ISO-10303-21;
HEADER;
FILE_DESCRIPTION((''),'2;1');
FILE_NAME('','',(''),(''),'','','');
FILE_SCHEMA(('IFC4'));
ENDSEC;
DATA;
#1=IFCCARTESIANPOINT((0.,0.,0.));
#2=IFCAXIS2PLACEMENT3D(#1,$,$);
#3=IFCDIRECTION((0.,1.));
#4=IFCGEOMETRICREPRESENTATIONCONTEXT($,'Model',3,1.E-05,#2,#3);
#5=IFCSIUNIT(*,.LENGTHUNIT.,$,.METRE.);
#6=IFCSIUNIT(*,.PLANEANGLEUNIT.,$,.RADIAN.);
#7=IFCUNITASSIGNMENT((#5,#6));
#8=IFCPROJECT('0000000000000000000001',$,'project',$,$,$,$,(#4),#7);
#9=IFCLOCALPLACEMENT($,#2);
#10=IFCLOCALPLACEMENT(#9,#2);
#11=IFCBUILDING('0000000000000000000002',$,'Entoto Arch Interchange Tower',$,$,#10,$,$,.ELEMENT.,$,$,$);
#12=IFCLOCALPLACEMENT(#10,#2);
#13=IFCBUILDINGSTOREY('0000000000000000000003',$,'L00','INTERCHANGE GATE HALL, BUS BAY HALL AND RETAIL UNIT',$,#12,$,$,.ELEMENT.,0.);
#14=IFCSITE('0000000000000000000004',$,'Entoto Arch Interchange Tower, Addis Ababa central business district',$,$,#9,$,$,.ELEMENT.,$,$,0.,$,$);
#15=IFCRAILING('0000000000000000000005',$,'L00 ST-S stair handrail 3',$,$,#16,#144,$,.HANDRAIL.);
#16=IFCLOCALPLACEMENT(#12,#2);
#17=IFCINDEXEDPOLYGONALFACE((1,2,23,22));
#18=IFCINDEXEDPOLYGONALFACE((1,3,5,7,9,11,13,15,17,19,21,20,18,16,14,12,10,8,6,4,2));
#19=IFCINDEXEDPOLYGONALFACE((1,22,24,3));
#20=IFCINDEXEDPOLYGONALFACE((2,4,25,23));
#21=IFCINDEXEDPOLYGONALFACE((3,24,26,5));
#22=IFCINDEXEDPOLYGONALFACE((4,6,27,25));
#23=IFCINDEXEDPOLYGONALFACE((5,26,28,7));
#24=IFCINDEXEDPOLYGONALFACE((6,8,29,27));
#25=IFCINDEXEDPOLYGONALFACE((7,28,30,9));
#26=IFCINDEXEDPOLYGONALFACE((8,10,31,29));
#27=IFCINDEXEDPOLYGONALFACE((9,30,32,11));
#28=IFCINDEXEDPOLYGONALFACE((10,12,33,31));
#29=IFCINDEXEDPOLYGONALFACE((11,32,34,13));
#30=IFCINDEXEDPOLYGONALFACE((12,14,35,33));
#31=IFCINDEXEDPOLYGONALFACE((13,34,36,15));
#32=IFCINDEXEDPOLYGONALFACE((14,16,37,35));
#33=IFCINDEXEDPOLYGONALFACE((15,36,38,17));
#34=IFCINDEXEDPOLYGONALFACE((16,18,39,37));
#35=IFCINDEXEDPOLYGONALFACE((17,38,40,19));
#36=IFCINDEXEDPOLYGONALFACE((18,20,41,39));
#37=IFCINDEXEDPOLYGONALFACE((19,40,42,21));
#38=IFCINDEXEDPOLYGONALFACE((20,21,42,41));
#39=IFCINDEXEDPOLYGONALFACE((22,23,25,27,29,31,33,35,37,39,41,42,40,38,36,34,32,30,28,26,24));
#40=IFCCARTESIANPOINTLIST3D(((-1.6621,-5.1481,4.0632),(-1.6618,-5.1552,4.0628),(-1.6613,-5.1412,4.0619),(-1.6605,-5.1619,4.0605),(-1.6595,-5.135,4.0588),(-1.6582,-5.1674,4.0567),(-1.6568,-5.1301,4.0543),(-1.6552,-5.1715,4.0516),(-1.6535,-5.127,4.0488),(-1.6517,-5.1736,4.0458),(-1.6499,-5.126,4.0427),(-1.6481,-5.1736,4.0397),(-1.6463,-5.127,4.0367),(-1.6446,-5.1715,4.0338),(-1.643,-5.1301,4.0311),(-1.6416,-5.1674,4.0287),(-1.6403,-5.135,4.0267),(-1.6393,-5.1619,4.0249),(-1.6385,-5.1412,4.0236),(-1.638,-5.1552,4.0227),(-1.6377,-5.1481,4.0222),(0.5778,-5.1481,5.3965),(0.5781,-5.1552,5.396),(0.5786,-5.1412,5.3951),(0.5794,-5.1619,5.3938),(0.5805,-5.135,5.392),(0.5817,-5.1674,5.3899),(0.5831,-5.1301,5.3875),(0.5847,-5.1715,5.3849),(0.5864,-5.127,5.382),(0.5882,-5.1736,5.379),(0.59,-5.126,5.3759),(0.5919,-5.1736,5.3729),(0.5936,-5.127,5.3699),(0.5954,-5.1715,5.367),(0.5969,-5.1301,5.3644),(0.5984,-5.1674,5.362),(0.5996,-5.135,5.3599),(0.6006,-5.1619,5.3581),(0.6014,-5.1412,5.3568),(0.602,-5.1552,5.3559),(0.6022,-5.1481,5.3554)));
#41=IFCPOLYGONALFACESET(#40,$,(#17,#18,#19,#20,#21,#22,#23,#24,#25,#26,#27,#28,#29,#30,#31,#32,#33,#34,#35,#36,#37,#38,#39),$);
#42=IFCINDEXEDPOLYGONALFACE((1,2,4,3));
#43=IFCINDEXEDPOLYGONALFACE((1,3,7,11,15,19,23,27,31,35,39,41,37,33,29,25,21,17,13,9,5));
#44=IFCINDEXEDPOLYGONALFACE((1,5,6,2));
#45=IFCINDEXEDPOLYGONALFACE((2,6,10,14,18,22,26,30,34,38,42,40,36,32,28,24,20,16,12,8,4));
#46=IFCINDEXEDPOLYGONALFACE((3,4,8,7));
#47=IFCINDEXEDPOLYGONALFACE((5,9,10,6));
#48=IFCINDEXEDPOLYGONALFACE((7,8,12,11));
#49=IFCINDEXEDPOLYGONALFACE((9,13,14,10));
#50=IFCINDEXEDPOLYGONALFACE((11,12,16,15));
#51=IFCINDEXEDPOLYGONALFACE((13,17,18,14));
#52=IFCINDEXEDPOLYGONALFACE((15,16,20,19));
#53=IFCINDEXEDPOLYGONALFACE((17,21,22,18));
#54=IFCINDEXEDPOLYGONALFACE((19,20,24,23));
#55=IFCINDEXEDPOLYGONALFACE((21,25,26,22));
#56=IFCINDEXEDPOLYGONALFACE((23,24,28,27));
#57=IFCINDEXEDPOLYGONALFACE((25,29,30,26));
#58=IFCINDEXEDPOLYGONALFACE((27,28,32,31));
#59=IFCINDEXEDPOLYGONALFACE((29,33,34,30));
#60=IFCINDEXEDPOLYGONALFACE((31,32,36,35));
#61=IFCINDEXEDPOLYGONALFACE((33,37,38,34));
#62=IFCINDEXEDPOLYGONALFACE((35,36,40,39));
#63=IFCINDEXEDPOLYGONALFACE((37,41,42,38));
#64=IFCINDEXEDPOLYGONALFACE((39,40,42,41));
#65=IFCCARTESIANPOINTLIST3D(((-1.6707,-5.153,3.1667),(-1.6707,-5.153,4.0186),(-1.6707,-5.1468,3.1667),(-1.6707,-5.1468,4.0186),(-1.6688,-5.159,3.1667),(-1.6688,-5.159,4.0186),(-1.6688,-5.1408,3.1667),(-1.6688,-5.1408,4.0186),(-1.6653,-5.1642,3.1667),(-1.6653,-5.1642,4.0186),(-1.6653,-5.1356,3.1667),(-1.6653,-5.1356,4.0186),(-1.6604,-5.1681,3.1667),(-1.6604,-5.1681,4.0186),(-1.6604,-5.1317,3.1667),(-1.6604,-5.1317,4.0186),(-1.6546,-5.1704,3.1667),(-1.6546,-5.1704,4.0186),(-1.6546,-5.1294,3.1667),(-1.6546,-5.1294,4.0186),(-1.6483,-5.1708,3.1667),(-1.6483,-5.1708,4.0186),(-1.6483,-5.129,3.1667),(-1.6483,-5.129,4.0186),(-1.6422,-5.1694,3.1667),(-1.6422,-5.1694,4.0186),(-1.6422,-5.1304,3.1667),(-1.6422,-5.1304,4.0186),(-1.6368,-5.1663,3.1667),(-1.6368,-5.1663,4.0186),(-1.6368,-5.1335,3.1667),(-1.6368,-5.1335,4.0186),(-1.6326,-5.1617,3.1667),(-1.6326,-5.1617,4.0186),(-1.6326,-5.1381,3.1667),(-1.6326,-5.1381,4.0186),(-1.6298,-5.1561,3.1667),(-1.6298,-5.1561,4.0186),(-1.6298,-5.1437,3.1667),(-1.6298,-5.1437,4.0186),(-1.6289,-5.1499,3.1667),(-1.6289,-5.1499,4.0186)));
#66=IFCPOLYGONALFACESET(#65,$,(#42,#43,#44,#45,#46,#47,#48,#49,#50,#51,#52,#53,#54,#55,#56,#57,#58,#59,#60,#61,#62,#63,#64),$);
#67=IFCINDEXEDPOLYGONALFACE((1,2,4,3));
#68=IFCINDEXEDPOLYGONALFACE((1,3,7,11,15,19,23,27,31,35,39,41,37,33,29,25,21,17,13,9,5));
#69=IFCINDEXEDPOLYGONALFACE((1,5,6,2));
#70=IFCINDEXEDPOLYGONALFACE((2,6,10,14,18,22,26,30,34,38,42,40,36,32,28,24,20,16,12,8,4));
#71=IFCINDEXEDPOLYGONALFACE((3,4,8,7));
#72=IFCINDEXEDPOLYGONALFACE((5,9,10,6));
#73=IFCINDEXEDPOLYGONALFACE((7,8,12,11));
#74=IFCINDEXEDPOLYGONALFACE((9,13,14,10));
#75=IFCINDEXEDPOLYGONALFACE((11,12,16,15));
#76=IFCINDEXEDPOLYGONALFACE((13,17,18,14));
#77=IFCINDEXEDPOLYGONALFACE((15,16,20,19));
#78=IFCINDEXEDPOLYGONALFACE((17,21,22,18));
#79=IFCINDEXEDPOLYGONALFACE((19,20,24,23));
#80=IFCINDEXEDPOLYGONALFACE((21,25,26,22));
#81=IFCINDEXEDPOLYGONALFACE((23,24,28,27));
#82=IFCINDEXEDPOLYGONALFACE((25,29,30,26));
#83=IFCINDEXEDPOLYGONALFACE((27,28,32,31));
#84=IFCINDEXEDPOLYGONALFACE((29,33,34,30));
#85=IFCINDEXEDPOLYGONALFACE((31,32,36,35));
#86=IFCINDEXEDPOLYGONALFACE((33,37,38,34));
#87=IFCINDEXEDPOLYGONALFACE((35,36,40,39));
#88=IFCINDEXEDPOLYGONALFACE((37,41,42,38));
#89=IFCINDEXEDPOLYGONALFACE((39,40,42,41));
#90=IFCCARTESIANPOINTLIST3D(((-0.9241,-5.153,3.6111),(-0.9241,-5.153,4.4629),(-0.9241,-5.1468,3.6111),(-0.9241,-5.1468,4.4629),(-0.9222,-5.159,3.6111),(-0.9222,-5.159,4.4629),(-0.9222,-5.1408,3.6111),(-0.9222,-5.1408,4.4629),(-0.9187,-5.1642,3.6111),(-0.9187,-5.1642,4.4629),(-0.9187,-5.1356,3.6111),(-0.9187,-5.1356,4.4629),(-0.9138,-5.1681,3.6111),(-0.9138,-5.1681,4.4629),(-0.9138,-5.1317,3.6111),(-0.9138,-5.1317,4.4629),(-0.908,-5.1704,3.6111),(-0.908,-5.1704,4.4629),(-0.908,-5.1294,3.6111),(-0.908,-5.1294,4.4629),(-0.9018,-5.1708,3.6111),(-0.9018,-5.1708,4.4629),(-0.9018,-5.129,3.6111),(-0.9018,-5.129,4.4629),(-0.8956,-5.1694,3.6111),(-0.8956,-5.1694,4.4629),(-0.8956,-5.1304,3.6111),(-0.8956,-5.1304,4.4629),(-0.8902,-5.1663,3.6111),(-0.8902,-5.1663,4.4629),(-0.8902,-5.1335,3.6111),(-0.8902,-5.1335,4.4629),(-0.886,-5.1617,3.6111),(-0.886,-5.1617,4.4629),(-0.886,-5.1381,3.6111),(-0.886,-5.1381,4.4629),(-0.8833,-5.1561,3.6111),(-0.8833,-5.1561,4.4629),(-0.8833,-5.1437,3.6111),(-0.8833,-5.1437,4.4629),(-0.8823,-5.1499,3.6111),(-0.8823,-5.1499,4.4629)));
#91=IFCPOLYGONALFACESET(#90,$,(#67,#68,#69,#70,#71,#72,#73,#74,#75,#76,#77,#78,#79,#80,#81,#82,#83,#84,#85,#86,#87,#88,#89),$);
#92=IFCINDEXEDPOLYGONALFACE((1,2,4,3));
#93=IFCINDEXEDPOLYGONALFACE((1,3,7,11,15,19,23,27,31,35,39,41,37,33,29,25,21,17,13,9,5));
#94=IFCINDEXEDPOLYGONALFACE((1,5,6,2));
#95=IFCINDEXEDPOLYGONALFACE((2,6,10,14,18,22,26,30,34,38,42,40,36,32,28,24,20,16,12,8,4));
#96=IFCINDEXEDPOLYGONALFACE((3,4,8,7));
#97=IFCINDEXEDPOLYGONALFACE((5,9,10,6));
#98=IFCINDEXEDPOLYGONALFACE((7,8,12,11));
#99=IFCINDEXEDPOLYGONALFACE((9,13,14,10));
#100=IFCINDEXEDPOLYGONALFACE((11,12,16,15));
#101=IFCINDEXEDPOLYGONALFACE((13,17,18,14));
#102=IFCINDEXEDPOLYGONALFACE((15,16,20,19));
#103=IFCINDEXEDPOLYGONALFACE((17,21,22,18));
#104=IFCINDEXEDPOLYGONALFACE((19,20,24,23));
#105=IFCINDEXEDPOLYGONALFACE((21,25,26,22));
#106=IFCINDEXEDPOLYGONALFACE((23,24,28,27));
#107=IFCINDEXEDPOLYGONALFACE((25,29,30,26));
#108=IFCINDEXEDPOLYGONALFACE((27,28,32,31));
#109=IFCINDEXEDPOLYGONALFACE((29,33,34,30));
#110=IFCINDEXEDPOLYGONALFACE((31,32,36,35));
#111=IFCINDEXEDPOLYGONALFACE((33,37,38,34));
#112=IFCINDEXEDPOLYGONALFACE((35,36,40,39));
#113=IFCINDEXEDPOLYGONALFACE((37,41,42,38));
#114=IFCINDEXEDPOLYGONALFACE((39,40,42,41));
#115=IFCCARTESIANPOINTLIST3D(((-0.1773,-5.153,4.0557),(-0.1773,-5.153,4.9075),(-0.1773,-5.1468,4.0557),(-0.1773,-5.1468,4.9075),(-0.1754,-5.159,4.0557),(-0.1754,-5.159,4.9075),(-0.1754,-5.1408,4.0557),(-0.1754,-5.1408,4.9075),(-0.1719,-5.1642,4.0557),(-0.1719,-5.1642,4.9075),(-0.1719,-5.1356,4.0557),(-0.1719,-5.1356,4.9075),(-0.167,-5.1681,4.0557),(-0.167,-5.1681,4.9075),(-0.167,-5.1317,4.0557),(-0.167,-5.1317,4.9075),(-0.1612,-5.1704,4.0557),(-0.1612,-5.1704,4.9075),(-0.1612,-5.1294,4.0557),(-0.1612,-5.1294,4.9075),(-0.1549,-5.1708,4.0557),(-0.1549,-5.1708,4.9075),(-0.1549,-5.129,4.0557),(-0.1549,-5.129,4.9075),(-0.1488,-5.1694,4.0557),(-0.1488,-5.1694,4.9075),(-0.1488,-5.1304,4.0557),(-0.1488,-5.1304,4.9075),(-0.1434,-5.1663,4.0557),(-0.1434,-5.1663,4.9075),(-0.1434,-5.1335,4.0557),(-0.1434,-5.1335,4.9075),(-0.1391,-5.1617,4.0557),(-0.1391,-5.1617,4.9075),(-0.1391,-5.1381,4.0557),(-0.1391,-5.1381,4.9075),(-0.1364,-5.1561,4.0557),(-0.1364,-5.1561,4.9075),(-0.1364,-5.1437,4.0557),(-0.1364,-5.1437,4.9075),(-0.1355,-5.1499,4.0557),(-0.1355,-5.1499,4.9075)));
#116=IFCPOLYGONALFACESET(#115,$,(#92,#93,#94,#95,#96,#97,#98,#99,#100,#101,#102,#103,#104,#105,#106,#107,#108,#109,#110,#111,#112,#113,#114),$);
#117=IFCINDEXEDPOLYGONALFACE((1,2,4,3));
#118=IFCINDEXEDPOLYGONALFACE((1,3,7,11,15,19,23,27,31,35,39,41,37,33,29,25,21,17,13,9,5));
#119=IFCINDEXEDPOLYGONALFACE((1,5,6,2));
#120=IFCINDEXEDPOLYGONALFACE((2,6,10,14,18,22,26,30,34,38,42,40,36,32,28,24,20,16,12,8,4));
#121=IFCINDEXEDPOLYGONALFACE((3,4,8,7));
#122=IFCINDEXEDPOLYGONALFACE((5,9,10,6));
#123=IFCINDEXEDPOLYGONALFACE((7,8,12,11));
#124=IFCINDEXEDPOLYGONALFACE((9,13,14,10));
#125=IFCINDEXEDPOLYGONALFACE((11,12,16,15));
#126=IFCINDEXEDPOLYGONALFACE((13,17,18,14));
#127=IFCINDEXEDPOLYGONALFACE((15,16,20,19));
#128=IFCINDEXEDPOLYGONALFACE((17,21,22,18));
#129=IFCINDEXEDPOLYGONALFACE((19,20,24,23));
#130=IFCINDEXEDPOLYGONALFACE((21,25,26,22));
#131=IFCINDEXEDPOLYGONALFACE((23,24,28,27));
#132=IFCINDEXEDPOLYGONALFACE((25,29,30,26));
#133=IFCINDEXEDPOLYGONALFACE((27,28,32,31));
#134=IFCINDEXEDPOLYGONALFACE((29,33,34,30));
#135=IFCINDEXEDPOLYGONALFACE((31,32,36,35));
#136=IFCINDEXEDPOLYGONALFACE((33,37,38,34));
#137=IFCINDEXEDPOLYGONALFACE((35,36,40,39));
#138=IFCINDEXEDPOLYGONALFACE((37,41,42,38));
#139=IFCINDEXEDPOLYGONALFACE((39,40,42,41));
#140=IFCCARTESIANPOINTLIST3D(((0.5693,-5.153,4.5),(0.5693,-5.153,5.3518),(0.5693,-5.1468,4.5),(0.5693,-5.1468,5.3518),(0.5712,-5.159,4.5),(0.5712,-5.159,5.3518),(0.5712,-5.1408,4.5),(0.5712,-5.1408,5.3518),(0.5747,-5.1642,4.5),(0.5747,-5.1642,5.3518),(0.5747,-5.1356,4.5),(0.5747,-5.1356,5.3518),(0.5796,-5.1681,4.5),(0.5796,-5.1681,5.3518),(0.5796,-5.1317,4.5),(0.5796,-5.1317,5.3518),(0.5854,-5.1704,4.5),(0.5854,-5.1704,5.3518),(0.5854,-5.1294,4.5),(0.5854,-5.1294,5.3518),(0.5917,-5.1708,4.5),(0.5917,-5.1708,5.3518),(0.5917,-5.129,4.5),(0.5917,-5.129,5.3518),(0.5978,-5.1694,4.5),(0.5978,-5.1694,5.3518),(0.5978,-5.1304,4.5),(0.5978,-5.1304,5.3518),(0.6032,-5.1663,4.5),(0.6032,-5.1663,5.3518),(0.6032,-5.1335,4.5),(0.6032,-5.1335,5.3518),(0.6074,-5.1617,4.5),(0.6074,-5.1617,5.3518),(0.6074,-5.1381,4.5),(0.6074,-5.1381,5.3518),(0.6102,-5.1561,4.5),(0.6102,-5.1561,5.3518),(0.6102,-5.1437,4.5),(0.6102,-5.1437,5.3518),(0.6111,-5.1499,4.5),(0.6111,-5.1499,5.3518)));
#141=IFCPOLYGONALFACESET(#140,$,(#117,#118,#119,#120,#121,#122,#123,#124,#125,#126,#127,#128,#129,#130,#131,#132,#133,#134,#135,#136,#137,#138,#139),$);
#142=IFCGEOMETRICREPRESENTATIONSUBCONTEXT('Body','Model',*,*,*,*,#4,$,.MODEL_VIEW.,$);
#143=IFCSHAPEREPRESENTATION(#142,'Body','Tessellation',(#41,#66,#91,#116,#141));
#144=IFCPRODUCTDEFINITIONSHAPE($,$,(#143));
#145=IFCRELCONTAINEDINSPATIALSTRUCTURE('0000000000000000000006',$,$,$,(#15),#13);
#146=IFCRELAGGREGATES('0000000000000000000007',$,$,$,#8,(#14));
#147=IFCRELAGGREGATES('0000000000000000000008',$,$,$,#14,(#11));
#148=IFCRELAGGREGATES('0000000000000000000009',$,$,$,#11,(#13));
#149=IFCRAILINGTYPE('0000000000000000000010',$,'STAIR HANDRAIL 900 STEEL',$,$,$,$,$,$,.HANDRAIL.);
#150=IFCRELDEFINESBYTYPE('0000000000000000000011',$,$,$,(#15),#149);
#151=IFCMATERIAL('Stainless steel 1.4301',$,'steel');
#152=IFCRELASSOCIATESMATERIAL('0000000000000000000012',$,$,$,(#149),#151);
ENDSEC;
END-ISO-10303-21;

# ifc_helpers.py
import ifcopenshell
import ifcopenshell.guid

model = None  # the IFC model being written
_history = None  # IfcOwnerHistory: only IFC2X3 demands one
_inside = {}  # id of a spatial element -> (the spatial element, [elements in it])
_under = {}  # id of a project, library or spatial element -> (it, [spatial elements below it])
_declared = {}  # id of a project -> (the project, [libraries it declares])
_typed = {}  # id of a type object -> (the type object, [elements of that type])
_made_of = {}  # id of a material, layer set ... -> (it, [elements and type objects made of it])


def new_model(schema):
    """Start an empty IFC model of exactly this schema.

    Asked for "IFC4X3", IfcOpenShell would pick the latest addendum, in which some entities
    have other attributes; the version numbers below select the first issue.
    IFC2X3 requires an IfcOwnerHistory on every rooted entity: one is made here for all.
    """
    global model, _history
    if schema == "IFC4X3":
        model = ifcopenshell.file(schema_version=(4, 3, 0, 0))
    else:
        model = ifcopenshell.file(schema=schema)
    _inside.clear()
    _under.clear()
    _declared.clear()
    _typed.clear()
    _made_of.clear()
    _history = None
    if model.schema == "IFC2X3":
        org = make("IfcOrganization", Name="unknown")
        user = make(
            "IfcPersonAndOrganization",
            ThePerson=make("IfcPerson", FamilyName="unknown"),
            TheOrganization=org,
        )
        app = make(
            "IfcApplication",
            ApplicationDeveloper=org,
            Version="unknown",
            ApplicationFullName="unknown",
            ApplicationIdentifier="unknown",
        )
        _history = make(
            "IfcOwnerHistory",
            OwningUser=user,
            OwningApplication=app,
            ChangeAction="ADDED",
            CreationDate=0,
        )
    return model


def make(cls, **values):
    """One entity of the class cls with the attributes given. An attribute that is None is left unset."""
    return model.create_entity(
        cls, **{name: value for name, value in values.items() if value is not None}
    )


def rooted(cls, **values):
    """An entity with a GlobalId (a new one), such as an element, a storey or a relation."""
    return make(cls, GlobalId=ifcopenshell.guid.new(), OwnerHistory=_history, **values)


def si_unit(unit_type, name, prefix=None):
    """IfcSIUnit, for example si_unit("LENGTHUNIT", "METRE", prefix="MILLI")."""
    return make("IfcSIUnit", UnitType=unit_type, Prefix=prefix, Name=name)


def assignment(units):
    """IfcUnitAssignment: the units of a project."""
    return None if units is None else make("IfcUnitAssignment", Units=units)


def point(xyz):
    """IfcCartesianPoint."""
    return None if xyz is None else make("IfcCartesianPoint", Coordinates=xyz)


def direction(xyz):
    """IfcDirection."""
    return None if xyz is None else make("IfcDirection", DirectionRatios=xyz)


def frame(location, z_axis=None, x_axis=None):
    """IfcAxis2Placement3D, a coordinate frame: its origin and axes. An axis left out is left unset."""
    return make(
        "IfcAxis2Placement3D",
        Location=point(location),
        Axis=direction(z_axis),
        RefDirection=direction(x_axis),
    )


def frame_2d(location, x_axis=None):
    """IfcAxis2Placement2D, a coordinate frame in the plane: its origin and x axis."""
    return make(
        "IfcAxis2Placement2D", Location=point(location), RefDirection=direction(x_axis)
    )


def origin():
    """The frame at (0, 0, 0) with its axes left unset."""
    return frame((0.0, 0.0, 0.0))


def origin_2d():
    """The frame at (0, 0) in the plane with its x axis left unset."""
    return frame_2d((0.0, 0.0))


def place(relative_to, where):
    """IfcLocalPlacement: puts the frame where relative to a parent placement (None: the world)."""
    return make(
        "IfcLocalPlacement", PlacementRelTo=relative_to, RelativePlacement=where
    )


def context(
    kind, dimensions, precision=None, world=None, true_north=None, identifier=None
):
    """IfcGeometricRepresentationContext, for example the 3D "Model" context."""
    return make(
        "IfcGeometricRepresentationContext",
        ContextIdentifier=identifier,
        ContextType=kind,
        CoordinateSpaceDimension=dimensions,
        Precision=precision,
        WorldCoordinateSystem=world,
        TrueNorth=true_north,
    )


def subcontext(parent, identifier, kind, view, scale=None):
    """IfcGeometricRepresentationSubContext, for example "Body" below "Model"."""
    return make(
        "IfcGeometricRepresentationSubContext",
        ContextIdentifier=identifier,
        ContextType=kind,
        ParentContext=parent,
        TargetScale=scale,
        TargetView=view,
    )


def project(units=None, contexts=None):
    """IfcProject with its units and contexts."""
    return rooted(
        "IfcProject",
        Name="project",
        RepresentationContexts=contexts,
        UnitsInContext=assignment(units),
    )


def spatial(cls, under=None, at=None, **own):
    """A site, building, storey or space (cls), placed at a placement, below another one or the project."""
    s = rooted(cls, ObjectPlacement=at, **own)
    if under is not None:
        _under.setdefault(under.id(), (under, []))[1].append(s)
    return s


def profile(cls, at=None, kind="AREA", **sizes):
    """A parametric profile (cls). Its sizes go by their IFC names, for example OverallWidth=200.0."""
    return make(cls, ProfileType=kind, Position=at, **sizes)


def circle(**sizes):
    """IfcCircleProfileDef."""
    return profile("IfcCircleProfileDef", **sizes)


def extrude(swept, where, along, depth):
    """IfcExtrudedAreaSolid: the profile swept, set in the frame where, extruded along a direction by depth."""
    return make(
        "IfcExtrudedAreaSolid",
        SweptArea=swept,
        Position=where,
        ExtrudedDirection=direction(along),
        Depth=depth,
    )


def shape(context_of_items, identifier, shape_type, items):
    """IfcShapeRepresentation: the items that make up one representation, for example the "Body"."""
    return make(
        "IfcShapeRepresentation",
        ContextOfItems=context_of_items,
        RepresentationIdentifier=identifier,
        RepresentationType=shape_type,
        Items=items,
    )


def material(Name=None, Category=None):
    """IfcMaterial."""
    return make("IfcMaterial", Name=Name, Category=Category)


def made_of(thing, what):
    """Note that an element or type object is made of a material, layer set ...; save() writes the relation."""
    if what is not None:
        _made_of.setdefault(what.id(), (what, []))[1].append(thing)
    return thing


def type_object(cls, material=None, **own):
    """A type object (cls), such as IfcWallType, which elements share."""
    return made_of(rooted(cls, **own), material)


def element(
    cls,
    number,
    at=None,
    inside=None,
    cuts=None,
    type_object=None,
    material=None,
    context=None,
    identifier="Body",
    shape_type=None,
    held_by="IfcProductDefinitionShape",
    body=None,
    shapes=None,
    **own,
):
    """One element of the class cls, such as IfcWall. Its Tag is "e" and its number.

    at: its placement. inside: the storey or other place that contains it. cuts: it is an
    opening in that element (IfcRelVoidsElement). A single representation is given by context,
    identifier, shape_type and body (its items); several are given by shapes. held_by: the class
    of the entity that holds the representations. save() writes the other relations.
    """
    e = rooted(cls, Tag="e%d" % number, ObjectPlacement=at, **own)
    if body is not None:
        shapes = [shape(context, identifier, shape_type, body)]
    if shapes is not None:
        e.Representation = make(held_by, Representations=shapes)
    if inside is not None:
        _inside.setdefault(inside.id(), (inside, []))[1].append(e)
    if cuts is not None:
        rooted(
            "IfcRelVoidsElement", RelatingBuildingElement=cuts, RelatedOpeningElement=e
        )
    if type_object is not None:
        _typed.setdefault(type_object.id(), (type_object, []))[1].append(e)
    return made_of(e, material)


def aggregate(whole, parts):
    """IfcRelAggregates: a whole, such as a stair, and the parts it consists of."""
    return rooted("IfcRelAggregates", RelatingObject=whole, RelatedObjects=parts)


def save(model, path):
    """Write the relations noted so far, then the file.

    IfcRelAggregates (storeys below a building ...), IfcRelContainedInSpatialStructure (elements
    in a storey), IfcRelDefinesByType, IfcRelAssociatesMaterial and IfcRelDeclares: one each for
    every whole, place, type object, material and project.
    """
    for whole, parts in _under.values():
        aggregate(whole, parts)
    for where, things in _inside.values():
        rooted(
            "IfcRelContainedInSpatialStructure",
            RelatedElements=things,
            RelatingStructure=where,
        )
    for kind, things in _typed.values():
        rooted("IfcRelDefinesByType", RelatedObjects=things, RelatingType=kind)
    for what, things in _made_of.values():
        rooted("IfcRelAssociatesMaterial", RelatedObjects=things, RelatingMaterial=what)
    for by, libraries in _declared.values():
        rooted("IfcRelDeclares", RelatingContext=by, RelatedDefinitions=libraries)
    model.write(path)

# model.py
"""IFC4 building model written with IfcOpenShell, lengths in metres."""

from ifc_helpers import new_model, si_unit, direction, frame, origin, origin_2d, place, context, subcontext, project, spatial, circle, extrude, material, type_object, element, save


model = new_model("IFC4")

# Units and contexts
model_context = context("Model", 3, precision=1e-05, world=origin(), true_north=direction((0.0, 1.0)))
body_context = subcontext(model_context, "Body", "Model", "MODEL_VIEW")
ifc_project = project(units=[si_unit("LENGTHUNIT", "METRE"), si_unit("PLANEANGLEUNIT", "RADIAN")], contexts=[model_context])

# Site, building, storey
site_placement = place(None, origin())
site = spatial("IfcSite", under=ifc_project, at=site_placement, Name="Entoto Arch Interchange Tower, Addis Ababa central business district", CompositionType="ELEMENT", RefElevation=0.0)
building_placement = place(site_placement, origin())
building = spatial("IfcBuilding", under=site, at=building_placement, Name="Entoto Arch Interchange Tower", CompositionType="ELEMENT")
storey_placement = place(building_placement, origin())
storey = spatial("IfcBuildingStorey", under=building, at=storey_placement, Name="L00", Description="INTERCHANGE GATE HALL, BUS BAY HALL AND RETAIL UNIT", CompositionType="ELEMENT", Elevation=0.0)

# Railing
ifc_material_1 = material(Name="Stainless steel 1.4301", Category="steel")
railing_type_1 = type_object("IfcRailingType", Name="STAIR HANDRAIL 900 STEEL", PredefinedType="HANDRAIL", material=ifc_material_1)
for number, where, name in (
    (1, (-1.6499, -5.1499, 3.1667), "L00 ST-S stair handrail 3"),
):
    element("IfcRailing", number, at=place(storey_placement, frame(where)), inside=storey, type_object=railing_type_1, Name=name, PredefinedType="HANDRAIL", context=body_context, shape_type="SweptSolid", body=[
        extrude(circle(Radius=0.0239, at=origin_2d()), frame((0.0, 0.0, 0.876), z_axis=(0.859306, 0.0, 0.511462), x_axis=(0.0, 1.0, 0.0)), (0.0, 0.0, 1.0), 2.6067),
        extrude(circle(Radius=0.021, at=origin_2d()), origin(), (0.0, 0.0, 1.0), 0.8518),
        extrude(circle(Radius=0.021, at=origin_2d()), frame((0.7466, 0.0, 0.4443)), (0.0, 0.0, 1.0), 0.8518),
        extrude(circle(Radius=0.021, at=origin_2d()), frame((1.4934, 0.0, 0.8889)), (0.0, 0.0, 1.0), 0.8518),
        extrude(circle(Radius=0.021, at=origin_2d()), frame((2.24, 0.0, 1.3333)), (0.0, 0.0, 1.0), 0.8518),
    ])

save(model, "model.ifc")
